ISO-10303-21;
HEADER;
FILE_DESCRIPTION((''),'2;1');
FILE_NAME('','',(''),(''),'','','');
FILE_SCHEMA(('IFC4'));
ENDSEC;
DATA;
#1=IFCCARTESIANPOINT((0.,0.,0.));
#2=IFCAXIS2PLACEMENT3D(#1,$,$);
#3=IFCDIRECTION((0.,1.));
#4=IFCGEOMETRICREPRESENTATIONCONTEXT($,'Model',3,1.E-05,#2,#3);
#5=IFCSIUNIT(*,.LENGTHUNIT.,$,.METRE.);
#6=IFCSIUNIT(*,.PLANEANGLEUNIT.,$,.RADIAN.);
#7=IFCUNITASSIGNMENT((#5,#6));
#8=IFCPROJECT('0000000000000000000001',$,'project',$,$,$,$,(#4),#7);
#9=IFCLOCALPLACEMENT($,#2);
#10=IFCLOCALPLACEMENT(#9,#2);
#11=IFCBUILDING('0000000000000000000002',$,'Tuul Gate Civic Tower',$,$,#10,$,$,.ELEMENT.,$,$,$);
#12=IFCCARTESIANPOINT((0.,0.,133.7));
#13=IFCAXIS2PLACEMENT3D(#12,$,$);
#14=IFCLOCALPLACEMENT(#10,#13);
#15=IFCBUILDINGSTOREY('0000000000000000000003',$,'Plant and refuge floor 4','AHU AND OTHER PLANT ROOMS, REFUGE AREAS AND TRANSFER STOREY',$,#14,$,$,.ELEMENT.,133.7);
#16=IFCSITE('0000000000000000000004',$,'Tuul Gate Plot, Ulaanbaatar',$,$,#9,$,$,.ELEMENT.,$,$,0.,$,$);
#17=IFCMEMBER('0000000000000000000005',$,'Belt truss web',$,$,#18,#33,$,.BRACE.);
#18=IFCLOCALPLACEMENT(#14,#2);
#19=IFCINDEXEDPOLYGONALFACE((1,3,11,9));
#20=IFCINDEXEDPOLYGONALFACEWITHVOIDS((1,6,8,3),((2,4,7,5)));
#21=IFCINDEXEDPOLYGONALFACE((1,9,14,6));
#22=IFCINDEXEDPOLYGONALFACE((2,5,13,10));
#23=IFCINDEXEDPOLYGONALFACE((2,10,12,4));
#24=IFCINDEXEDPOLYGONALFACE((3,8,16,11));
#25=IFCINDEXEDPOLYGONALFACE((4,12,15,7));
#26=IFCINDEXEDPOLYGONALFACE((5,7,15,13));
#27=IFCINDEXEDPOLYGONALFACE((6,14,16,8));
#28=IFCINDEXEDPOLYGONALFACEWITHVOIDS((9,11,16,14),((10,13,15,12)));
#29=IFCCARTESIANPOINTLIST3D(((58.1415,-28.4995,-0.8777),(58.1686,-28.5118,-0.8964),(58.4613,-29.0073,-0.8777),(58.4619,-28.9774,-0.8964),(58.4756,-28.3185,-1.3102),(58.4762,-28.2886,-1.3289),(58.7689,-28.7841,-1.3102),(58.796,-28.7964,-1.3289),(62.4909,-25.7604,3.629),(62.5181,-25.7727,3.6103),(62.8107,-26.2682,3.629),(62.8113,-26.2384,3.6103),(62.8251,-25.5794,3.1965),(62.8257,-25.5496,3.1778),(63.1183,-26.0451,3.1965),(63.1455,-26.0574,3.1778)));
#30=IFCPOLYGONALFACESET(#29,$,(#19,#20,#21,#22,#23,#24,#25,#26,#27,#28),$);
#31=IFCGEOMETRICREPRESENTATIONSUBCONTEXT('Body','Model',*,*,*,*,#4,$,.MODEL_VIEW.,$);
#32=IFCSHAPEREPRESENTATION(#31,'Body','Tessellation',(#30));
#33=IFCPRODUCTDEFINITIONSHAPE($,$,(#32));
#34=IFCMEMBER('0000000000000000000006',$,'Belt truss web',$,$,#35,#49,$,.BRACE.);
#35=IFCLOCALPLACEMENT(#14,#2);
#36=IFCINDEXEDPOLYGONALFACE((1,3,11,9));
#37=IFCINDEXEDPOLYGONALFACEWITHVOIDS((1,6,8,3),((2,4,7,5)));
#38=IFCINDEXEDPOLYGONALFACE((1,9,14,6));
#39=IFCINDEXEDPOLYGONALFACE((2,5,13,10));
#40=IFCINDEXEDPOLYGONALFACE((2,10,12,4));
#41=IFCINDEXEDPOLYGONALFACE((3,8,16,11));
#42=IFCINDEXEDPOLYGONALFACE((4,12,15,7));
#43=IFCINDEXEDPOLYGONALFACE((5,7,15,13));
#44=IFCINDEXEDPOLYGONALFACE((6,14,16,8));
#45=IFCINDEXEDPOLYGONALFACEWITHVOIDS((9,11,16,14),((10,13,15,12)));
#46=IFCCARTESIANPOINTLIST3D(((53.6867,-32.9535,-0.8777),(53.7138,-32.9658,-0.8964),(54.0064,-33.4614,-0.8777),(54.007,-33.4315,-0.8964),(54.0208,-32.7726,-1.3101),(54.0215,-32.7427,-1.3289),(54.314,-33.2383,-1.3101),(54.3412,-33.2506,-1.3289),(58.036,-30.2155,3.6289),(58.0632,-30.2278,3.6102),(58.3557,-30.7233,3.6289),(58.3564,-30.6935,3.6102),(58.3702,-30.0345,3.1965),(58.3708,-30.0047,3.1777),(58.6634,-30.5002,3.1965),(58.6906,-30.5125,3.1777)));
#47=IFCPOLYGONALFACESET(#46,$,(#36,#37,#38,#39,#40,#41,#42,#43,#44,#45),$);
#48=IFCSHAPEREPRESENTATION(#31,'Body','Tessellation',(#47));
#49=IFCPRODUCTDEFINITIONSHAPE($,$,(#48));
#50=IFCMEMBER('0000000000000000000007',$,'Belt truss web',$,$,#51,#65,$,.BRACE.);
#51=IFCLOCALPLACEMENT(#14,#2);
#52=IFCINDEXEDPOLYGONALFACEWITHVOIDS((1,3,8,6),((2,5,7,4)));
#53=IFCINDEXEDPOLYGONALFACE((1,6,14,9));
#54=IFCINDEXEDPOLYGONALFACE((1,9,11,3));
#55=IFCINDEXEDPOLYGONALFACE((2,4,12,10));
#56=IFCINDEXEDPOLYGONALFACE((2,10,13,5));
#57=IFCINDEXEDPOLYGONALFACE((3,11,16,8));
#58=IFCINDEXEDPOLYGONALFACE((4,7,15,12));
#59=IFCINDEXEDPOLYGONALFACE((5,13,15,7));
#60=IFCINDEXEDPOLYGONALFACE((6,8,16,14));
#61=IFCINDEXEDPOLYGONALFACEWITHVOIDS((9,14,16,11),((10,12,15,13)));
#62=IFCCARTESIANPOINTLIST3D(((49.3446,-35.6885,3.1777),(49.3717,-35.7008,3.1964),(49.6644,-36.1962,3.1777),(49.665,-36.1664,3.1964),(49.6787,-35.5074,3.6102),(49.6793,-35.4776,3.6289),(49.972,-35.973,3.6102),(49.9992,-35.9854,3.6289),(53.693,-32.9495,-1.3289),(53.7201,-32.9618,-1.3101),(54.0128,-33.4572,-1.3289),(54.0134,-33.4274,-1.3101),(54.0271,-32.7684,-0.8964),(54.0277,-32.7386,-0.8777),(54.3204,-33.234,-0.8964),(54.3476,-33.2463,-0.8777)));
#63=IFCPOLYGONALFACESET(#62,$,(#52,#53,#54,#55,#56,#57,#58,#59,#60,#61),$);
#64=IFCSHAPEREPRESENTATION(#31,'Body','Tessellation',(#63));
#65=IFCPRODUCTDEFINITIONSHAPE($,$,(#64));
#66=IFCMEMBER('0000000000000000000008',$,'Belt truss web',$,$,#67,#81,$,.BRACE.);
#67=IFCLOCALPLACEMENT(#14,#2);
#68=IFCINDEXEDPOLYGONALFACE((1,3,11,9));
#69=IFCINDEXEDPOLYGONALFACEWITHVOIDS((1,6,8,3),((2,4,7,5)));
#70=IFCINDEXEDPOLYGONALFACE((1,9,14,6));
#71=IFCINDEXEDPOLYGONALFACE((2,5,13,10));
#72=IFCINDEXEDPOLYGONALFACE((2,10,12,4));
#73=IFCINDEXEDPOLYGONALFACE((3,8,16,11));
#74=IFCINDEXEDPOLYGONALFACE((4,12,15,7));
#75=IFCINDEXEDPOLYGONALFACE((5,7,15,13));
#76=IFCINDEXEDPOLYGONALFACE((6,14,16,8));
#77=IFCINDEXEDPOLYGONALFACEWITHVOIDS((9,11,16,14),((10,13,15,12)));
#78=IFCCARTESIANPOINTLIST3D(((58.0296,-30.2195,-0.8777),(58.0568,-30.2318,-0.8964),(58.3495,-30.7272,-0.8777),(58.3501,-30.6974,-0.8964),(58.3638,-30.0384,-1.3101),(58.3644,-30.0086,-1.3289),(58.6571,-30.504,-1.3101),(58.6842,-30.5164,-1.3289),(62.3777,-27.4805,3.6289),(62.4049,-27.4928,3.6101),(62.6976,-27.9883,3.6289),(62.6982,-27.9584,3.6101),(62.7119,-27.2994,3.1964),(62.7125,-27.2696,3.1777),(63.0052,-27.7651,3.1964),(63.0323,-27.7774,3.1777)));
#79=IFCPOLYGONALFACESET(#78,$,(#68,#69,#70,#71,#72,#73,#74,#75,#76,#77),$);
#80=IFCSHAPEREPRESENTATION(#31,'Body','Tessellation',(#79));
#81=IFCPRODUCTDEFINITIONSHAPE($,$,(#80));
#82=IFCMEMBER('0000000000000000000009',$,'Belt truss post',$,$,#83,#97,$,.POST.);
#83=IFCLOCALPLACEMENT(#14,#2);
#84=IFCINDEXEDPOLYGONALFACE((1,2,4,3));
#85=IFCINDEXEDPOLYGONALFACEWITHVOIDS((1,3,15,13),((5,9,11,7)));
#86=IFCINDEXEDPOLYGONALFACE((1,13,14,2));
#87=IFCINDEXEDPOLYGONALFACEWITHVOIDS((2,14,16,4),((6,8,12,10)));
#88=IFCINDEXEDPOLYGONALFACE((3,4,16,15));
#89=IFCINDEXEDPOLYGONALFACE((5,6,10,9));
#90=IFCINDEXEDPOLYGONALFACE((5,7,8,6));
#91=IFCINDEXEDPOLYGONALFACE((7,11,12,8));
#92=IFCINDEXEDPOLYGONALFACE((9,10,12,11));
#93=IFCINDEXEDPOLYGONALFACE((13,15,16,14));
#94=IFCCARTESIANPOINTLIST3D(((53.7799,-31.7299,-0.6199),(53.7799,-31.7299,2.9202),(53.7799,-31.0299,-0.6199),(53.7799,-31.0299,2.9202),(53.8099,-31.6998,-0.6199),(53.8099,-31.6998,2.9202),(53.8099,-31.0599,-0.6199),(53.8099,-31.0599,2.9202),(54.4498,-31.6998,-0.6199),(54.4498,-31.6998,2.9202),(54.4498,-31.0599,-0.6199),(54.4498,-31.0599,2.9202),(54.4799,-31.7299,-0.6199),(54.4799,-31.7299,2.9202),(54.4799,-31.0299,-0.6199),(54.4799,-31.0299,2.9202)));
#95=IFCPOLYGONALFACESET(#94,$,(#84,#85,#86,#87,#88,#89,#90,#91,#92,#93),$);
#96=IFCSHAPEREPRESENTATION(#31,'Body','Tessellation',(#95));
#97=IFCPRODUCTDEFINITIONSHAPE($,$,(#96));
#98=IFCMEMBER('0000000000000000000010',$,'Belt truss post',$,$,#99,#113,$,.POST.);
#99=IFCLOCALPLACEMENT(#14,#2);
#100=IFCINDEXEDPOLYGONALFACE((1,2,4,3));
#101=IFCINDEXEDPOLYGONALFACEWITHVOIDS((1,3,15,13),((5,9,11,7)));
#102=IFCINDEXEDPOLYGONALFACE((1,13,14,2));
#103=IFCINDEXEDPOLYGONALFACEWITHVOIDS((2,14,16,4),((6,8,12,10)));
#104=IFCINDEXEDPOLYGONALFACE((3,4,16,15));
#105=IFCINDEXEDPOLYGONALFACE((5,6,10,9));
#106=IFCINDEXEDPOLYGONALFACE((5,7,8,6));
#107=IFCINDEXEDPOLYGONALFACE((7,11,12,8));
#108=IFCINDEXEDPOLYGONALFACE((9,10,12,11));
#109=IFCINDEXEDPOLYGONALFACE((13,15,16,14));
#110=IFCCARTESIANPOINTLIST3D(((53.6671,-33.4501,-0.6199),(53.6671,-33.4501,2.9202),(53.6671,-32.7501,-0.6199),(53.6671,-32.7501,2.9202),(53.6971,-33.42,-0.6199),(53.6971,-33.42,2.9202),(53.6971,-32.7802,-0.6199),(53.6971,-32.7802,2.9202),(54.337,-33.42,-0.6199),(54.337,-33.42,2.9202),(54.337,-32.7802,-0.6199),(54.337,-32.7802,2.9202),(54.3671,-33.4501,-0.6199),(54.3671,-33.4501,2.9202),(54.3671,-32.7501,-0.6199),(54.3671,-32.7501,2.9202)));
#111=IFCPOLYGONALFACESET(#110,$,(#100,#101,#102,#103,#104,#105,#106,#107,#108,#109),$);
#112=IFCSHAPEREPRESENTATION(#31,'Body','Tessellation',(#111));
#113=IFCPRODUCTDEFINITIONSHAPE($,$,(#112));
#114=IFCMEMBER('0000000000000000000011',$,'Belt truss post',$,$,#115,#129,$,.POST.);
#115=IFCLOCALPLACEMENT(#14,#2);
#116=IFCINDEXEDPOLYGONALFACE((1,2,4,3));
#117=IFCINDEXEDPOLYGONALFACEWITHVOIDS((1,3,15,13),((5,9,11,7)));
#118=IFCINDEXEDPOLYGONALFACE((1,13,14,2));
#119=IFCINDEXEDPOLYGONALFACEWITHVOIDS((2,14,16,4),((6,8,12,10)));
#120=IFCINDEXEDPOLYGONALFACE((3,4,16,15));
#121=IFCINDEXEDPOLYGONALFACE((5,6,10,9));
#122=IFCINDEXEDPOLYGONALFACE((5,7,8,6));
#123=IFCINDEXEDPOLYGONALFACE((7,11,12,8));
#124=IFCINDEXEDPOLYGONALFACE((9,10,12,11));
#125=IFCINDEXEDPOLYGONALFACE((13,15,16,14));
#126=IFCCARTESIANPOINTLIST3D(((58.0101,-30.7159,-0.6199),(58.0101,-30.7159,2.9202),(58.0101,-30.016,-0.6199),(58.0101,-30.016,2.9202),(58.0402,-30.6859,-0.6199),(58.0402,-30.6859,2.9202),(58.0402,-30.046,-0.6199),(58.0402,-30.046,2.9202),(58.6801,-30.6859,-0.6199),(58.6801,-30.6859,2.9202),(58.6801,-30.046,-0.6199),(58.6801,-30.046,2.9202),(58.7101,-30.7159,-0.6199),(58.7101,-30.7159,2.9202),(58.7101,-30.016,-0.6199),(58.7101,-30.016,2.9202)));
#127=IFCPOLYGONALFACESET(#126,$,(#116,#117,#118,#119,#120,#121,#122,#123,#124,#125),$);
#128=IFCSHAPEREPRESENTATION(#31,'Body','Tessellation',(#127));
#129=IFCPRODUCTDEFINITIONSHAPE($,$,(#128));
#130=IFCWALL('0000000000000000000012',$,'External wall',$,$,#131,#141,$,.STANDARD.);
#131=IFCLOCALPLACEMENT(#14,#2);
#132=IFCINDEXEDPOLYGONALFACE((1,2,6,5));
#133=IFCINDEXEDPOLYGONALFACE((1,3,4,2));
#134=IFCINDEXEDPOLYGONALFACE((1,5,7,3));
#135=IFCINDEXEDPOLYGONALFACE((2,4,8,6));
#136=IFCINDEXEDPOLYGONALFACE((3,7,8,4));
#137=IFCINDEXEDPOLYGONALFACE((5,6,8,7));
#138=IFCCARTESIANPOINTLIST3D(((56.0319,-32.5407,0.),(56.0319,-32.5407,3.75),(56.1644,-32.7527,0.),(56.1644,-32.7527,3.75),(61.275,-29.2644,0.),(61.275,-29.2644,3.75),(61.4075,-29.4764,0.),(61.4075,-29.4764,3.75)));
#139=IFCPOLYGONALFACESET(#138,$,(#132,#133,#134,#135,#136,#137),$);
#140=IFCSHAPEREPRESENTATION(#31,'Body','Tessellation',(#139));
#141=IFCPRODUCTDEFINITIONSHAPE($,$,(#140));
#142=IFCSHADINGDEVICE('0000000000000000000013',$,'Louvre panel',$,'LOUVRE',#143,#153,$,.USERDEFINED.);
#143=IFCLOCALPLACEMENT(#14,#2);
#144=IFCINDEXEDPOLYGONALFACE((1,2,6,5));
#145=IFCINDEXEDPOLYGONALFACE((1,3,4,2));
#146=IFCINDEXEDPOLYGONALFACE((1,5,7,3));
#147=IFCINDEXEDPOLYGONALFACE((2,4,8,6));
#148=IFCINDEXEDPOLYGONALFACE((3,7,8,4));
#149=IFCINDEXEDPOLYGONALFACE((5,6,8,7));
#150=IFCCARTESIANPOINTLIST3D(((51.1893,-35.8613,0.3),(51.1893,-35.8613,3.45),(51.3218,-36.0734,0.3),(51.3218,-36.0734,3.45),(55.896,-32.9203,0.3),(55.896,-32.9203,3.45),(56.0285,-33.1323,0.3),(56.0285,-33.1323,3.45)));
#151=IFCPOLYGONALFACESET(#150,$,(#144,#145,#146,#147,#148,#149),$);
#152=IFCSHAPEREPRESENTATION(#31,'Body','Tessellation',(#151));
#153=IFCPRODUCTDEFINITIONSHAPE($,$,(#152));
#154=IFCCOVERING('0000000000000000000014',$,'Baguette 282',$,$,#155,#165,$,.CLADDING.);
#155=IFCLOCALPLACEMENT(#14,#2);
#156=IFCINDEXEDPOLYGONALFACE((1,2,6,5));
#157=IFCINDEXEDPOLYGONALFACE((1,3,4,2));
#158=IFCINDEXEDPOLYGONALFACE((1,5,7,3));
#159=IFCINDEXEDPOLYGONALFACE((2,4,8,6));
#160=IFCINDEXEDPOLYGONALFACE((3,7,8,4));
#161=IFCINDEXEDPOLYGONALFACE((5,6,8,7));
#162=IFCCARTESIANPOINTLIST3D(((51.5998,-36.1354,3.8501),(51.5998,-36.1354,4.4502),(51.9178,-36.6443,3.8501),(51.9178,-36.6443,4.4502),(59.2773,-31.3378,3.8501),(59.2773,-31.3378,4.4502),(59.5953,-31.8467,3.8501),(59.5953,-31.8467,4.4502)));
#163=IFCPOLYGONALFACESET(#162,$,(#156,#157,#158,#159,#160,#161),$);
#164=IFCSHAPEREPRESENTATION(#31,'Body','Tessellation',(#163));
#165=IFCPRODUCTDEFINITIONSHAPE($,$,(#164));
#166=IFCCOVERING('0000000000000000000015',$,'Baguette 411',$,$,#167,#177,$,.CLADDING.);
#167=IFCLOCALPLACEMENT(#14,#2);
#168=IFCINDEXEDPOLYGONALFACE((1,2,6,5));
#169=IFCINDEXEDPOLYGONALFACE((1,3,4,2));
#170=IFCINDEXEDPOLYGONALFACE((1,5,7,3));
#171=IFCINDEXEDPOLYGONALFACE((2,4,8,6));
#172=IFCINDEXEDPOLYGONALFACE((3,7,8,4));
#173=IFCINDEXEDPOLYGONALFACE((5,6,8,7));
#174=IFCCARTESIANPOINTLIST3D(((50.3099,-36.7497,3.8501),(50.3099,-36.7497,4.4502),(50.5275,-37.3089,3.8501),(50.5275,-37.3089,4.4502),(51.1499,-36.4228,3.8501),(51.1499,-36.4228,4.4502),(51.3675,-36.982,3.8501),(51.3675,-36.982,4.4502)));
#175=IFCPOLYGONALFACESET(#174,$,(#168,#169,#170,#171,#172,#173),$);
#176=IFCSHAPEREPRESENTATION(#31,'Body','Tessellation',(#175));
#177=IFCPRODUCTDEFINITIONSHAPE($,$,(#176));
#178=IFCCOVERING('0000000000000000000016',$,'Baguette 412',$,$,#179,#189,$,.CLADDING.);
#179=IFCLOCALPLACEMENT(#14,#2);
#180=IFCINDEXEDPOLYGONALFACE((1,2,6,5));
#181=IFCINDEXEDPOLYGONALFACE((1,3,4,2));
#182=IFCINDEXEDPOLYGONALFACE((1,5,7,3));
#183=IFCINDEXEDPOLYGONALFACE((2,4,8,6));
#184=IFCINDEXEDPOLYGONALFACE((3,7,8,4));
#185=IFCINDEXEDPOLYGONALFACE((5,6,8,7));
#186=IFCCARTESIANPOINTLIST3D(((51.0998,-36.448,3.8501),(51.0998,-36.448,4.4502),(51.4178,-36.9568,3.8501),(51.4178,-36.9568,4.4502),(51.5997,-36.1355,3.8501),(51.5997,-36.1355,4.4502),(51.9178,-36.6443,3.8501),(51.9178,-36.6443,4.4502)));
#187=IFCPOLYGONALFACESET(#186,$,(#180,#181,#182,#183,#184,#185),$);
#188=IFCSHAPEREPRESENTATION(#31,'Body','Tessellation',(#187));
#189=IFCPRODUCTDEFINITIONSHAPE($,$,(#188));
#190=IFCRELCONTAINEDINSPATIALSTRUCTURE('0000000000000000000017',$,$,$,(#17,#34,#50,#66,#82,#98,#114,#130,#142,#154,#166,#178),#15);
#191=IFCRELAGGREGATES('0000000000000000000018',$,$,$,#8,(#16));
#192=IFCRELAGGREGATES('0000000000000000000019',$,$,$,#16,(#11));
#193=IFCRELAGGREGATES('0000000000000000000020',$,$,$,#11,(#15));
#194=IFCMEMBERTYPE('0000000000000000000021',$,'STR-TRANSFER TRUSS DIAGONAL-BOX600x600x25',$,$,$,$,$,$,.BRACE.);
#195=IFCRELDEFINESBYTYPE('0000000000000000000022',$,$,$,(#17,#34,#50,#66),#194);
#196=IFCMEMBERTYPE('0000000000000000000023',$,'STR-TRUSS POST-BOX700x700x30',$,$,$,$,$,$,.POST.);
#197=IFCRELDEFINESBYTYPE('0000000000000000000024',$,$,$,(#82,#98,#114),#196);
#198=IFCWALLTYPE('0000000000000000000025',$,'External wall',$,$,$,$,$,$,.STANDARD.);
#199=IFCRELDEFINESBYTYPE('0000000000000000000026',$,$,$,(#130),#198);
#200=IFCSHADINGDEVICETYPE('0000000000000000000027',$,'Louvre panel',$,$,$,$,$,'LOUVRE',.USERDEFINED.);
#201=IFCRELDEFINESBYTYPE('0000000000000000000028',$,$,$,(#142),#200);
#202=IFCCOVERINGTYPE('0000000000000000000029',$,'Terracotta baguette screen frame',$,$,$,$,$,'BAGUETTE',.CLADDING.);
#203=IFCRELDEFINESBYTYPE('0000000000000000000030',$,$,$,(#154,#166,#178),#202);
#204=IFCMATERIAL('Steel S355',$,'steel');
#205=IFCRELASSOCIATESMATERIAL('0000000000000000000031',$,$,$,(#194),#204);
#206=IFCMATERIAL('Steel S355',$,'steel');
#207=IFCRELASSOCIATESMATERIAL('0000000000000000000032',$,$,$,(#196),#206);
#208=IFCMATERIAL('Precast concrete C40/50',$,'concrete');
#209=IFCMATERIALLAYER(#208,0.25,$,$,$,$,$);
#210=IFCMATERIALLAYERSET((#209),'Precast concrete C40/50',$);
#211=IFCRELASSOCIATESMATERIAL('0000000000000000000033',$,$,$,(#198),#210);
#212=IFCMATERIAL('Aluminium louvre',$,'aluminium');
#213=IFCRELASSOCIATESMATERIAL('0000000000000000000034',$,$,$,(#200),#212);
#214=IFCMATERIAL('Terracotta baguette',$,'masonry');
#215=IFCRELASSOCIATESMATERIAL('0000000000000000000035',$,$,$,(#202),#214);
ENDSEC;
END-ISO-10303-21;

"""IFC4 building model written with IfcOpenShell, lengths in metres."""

from ifc_helpers import new_model, si_unit, direction, frame, frame_2d, origin, origin_2d, place, context, subcontext, project, spatial, rectangle, hollow_rectangle, extrude, material, layer, layer_set, material_profile, profile_set, type_object, element, save


model = new_model("IFC4")

# Units and contexts
model_context = context("Model", 3, precision=1e-05, world=origin(), true_north=direction((0.0, 1.0)))
body_context = subcontext(model_context, "Body", "Model", "MODEL_VIEW")
ifc_project = project(units=[si_unit("LENGTHUNIT", "METRE"), si_unit("PLANEANGLEUNIT", "RADIAN")], contexts=[model_context])

# Site, building, storey
site_placement = place(None, origin())
site = spatial("IfcSite", under=ifc_project, at=site_placement, Name="Tuul Gate Plot, Ulaanbaatar", CompositionType="ELEMENT", RefElevation=0.0)
building_placement = place(site_placement, origin())
building = spatial("IfcBuilding", under=site, at=building_placement, Name="Tuul Gate Civic Tower", CompositionType="ELEMENT")
storey_placement = place(building_placement, frame((0.0, 0.0, 133.7)))
storey = spatial("IfcBuildingStorey", under=building, at=storey_placement, Name="Plant and refuge floor 4", Description="AHU AND OTHER PLANT ROOMS, REFUGE AREAS AND TRANSFER STOREY", CompositionType="ELEMENT", Elevation=133.7)

# Members
ifc_material_1 = material(Name="Steel S355", Category="steel")
ifc_material_profile_1 = material_profile(ifc_material_1, hollow_rectangle(XDim=0.6001, YDim=0.6001, WallThickness=0.0249, at=origin_2d()), Name="BOX600x600x25")
ifc_profile_set_1 = profile_set([ifc_material_profile_1], Name="Steel S355")
member_type_1 = type_object("IfcMemberType", Name="STR-TRANSFER TRUSS DIAGONAL-BOX600x600x25", PredefinedType="BRACE", material=ifc_profile_set_1)
member_1_placement = place(storey_placement, frame((58.4688, -28.6479, -1.1033), z_axis=(0.63626, 0.400685, 0.659261), x_axis=(-0.532886, 0.846187, 0.0)))
element("IfcMember", 1, at=member_1_placement, inside=storey, type_object=member_type_1, Name="Belt truss web", PredefinedType="BRACE", context=body_context, shape_type="SweptSolid", body=[
    extrude(hollow_rectangle(XDim=0.6001, YDim=0.6001, WallThickness=0.0249, at=origin_2d()), origin(), (0.0, 0.0, 1.0), 6.8359),
])
member_2_placement = place(storey_placement, frame((54.0139, -33.1021, -1.1033), z_axis=(0.636297, 0.400565, 0.659298), x_axis=(-0.53275, 0.846273, 0.0)))
element("IfcMember", 2, at=member_2_placement, inside=storey, type_object=member_type_1, Name="Belt truss web", PredefinedType="BRACE", context=body_context, shape_type="SweptSolid", body=[
    extrude(hollow_rectangle(XDim=0.6001, YDim=0.6001, WallThickness=0.0249, at=origin_2d()), origin(), (0.0, 0.0, 1.0), 6.8354),
])
member_3_placement = place(storey_placement, frame((54.0203, -33.0979, -1.1033), z_axis=(-0.636175, -0.400721, 0.65932), x_axis=(0.532972, -0.846133, 0.0)))
element("IfcMember", 3, at=member_3_placement, inside=storey, type_object=member_type_1, Name="Belt truss web", PredefinedType="BRACE", context=body_context, shape_type="SweptSolid", body=[
    extrude(hollow_rectangle(XDim=0.6001, YDim=0.6001, WallThickness=0.0249, at=origin_2d()), origin(), (0.0, 0.0, 1.0), 6.8352),
])
member_4_placement = place(storey_placement, frame((58.3569, -30.3679, -1.1033), z_axis=(0.636154, 0.400731, 0.659335), x_axis=(-0.532993, 0.846119, 0.0)))
element("IfcMember", 4, at=member_4_placement, inside=storey, type_object=member_type_1, Name="Belt truss web", PredefinedType="BRACE", context=body_context, shape_type="SweptSolid", body=[
    extrude(hollow_rectangle(XDim=0.6001, YDim=0.6001, WallThickness=0.0249, at=origin_2d()), origin(), (0.0, 0.0, 1.0), 6.835),
])
ifc_material_2 = material(Name="Steel S355", Category="steel")
ifc_material_profile_2 = material_profile(ifc_material_2, hollow_rectangle(XDim=0.7, YDim=0.7, WallThickness=0.03, at=origin_2d()), Name="BOX700x700x30")
ifc_profile_set_2 = profile_set([ifc_material_profile_2], Name="Steel S355")
member_type_2 = type_object("IfcMemberType", Name="STR-TRUSS POST-BOX700x700x30", PredefinedType="POST", material=ifc_profile_set_2)
for number, where, z_axis, x_axis, name in (
    (5, (54.1299, -31.3799, -0.6199), (0.0, 0.0, 1.0), (1.0, 0.0, 0.0), "Belt truss post"),
    (6, (54.0171, -33.1001, -0.6199), (0.0, 0.0, 1.0), (1.0, 0.0, 0.0), "Belt truss post"),
    (7, (58.3601, -30.366, -0.6199), (0.0, 0.0, 1.0), (1.0, 0.0, 0.0), "Belt truss post"),
):
    element("IfcMember", number, at=place(storey_placement, frame(where, z_axis=z_axis, x_axis=x_axis)), inside=storey, type_object=member_type_2, Name=name, PredefinedType="POST", context=body_context, shape_type="SweptSolid", body=[
        extrude(hollow_rectangle(XDim=0.7, YDim=0.7, WallThickness=0.03, at=origin_2d()), origin(), (0.0, 0.0, 1.0), 3.54),
    ])

# Wall
ifc_material_3 = material(Name="Precast concrete C40/50", Category="concrete")
ifc_layer = layer(ifc_material_3, 0.25)
ifc_layer_set = layer_set([ifc_layer], Name="Precast concrete C40/50")
wall_type = type_object("IfcWallType", Name="External wall", PredefinedType="STANDARD", material=ifc_layer_set)
wall_placement = place(storey_placement, frame((56.0981, -32.6467, 0.0), z_axis=(0.0, 0.0, 1.0), x_axis=(0.848043, 0.529928, 0.0)))
element("IfcWall", 8, at=wall_placement, inside=storey, type_object=wall_type, Name="External wall", PredefinedType="STANDARD", context=body_context, shape_type="SweptSolid", body=[
    extrude(rectangle(XDim=6.1826, YDim=0.25, at=frame_2d((3.0913, 0.0))), origin(), (0.0, 0.0, 1.0), 3.75),
])

# Shading device
ifc_material_4 = material(Name="Aluminium louvre", Category="aluminium")
shading_device_type = type_object("IfcShadingDeviceType", Name="Louvre panel", ElementType="LOUVRE", PredefinedType="USERDEFINED", material=ifc_material_4)
shading_device_placement = place(storey_placement, frame((53.6089, -34.4968, 0.3), z_axis=(0.0, 0.0, 1.0), x_axis=(0.529912, -0.848053, 0.0)))
element("IfcShadingDevice", 9, at=shading_device_placement, inside=storey, type_object=shading_device_type, Name="Louvre panel", ObjectType="LOUVRE", PredefinedType="USERDEFINED", context=body_context, shape_type="SweptSolid", body=[
    extrude(rectangle(XDim=0.25, YDim=5.55, at=origin_2d()), origin(), (0.0, 0.0, 1.0), 3.1499),
])

# Coverings
ifc_material_5 = material(Name="Terracotta baguette", Category="masonry")
ifc_material_profile_3 = material_profile(ifc_material_5, rectangle(XDim=0.6001, YDim=0.6001, at=origin_2d()), Name="Terracotta baguette screen frame")
ifc_profile_set_3 = profile_set([ifc_material_profile_3], Name="Terracotta baguette")
covering_type = type_object("IfcCoveringType", Name="Terracotta baguette screen frame", ElementType="BAGUETTE", PredefinedType="CLADDING", material=ifc_profile_set_3)
covering_1_placement = place(storey_placement, frame((51.7588, -36.3899, 4.1501), z_axis=(0.848039, 0.529933, 0.0), x_axis=(-0.529933, 0.848039, 0.0)))
element("IfcCovering", 10, at=covering_1_placement, inside=storey, type_object=covering_type, Name="Baguette 282", PredefinedType="CLADDING", context=body_context, shape_type="SweptSolid", body=[
    extrude(rectangle(XDim=0.6001, YDim=0.6001, at=origin_2d()), origin(), (0.0, 0.0, 1.0), 9.0532),
])
covering_2_placement = place(storey_placement, frame((50.4187, -37.0293, 4.1501), z_axis=(0.931928, 0.362642, 0.0), x_axis=(-0.362642, 0.931928, 0.0)))
element("IfcCovering", 11, at=covering_2_placement, inside=storey, type_object=covering_type, Name="Baguette 411", PredefinedType="CLADDING", context=body_context, shape_type="SweptSolid", body=[
    extrude(rectangle(XDim=0.6001, YDim=0.6001, at=origin_2d()), origin(), (0.0, 0.0, 1.0), 0.9014),
])
covering_3_placement = place(storey_placement, frame((51.2588, -36.7024, 4.1501), z_axis=(0.847998, 0.529999, 0.0), x_axis=(-0.529999, 0.847998, 0.0)))
element("IfcCovering", 12, at=covering_3_placement, inside=storey, type_object=covering_type, Name="Baguette 412", PredefinedType="CLADDING", context=body_context, shape_type="SweptSolid", body=[
    extrude(rectangle(XDim=0.6001, YDim=0.6001, at=origin_2d()), origin(), (0.0, 0.0, 1.0), 0.5896),
])

save(model, "model.ifc")
